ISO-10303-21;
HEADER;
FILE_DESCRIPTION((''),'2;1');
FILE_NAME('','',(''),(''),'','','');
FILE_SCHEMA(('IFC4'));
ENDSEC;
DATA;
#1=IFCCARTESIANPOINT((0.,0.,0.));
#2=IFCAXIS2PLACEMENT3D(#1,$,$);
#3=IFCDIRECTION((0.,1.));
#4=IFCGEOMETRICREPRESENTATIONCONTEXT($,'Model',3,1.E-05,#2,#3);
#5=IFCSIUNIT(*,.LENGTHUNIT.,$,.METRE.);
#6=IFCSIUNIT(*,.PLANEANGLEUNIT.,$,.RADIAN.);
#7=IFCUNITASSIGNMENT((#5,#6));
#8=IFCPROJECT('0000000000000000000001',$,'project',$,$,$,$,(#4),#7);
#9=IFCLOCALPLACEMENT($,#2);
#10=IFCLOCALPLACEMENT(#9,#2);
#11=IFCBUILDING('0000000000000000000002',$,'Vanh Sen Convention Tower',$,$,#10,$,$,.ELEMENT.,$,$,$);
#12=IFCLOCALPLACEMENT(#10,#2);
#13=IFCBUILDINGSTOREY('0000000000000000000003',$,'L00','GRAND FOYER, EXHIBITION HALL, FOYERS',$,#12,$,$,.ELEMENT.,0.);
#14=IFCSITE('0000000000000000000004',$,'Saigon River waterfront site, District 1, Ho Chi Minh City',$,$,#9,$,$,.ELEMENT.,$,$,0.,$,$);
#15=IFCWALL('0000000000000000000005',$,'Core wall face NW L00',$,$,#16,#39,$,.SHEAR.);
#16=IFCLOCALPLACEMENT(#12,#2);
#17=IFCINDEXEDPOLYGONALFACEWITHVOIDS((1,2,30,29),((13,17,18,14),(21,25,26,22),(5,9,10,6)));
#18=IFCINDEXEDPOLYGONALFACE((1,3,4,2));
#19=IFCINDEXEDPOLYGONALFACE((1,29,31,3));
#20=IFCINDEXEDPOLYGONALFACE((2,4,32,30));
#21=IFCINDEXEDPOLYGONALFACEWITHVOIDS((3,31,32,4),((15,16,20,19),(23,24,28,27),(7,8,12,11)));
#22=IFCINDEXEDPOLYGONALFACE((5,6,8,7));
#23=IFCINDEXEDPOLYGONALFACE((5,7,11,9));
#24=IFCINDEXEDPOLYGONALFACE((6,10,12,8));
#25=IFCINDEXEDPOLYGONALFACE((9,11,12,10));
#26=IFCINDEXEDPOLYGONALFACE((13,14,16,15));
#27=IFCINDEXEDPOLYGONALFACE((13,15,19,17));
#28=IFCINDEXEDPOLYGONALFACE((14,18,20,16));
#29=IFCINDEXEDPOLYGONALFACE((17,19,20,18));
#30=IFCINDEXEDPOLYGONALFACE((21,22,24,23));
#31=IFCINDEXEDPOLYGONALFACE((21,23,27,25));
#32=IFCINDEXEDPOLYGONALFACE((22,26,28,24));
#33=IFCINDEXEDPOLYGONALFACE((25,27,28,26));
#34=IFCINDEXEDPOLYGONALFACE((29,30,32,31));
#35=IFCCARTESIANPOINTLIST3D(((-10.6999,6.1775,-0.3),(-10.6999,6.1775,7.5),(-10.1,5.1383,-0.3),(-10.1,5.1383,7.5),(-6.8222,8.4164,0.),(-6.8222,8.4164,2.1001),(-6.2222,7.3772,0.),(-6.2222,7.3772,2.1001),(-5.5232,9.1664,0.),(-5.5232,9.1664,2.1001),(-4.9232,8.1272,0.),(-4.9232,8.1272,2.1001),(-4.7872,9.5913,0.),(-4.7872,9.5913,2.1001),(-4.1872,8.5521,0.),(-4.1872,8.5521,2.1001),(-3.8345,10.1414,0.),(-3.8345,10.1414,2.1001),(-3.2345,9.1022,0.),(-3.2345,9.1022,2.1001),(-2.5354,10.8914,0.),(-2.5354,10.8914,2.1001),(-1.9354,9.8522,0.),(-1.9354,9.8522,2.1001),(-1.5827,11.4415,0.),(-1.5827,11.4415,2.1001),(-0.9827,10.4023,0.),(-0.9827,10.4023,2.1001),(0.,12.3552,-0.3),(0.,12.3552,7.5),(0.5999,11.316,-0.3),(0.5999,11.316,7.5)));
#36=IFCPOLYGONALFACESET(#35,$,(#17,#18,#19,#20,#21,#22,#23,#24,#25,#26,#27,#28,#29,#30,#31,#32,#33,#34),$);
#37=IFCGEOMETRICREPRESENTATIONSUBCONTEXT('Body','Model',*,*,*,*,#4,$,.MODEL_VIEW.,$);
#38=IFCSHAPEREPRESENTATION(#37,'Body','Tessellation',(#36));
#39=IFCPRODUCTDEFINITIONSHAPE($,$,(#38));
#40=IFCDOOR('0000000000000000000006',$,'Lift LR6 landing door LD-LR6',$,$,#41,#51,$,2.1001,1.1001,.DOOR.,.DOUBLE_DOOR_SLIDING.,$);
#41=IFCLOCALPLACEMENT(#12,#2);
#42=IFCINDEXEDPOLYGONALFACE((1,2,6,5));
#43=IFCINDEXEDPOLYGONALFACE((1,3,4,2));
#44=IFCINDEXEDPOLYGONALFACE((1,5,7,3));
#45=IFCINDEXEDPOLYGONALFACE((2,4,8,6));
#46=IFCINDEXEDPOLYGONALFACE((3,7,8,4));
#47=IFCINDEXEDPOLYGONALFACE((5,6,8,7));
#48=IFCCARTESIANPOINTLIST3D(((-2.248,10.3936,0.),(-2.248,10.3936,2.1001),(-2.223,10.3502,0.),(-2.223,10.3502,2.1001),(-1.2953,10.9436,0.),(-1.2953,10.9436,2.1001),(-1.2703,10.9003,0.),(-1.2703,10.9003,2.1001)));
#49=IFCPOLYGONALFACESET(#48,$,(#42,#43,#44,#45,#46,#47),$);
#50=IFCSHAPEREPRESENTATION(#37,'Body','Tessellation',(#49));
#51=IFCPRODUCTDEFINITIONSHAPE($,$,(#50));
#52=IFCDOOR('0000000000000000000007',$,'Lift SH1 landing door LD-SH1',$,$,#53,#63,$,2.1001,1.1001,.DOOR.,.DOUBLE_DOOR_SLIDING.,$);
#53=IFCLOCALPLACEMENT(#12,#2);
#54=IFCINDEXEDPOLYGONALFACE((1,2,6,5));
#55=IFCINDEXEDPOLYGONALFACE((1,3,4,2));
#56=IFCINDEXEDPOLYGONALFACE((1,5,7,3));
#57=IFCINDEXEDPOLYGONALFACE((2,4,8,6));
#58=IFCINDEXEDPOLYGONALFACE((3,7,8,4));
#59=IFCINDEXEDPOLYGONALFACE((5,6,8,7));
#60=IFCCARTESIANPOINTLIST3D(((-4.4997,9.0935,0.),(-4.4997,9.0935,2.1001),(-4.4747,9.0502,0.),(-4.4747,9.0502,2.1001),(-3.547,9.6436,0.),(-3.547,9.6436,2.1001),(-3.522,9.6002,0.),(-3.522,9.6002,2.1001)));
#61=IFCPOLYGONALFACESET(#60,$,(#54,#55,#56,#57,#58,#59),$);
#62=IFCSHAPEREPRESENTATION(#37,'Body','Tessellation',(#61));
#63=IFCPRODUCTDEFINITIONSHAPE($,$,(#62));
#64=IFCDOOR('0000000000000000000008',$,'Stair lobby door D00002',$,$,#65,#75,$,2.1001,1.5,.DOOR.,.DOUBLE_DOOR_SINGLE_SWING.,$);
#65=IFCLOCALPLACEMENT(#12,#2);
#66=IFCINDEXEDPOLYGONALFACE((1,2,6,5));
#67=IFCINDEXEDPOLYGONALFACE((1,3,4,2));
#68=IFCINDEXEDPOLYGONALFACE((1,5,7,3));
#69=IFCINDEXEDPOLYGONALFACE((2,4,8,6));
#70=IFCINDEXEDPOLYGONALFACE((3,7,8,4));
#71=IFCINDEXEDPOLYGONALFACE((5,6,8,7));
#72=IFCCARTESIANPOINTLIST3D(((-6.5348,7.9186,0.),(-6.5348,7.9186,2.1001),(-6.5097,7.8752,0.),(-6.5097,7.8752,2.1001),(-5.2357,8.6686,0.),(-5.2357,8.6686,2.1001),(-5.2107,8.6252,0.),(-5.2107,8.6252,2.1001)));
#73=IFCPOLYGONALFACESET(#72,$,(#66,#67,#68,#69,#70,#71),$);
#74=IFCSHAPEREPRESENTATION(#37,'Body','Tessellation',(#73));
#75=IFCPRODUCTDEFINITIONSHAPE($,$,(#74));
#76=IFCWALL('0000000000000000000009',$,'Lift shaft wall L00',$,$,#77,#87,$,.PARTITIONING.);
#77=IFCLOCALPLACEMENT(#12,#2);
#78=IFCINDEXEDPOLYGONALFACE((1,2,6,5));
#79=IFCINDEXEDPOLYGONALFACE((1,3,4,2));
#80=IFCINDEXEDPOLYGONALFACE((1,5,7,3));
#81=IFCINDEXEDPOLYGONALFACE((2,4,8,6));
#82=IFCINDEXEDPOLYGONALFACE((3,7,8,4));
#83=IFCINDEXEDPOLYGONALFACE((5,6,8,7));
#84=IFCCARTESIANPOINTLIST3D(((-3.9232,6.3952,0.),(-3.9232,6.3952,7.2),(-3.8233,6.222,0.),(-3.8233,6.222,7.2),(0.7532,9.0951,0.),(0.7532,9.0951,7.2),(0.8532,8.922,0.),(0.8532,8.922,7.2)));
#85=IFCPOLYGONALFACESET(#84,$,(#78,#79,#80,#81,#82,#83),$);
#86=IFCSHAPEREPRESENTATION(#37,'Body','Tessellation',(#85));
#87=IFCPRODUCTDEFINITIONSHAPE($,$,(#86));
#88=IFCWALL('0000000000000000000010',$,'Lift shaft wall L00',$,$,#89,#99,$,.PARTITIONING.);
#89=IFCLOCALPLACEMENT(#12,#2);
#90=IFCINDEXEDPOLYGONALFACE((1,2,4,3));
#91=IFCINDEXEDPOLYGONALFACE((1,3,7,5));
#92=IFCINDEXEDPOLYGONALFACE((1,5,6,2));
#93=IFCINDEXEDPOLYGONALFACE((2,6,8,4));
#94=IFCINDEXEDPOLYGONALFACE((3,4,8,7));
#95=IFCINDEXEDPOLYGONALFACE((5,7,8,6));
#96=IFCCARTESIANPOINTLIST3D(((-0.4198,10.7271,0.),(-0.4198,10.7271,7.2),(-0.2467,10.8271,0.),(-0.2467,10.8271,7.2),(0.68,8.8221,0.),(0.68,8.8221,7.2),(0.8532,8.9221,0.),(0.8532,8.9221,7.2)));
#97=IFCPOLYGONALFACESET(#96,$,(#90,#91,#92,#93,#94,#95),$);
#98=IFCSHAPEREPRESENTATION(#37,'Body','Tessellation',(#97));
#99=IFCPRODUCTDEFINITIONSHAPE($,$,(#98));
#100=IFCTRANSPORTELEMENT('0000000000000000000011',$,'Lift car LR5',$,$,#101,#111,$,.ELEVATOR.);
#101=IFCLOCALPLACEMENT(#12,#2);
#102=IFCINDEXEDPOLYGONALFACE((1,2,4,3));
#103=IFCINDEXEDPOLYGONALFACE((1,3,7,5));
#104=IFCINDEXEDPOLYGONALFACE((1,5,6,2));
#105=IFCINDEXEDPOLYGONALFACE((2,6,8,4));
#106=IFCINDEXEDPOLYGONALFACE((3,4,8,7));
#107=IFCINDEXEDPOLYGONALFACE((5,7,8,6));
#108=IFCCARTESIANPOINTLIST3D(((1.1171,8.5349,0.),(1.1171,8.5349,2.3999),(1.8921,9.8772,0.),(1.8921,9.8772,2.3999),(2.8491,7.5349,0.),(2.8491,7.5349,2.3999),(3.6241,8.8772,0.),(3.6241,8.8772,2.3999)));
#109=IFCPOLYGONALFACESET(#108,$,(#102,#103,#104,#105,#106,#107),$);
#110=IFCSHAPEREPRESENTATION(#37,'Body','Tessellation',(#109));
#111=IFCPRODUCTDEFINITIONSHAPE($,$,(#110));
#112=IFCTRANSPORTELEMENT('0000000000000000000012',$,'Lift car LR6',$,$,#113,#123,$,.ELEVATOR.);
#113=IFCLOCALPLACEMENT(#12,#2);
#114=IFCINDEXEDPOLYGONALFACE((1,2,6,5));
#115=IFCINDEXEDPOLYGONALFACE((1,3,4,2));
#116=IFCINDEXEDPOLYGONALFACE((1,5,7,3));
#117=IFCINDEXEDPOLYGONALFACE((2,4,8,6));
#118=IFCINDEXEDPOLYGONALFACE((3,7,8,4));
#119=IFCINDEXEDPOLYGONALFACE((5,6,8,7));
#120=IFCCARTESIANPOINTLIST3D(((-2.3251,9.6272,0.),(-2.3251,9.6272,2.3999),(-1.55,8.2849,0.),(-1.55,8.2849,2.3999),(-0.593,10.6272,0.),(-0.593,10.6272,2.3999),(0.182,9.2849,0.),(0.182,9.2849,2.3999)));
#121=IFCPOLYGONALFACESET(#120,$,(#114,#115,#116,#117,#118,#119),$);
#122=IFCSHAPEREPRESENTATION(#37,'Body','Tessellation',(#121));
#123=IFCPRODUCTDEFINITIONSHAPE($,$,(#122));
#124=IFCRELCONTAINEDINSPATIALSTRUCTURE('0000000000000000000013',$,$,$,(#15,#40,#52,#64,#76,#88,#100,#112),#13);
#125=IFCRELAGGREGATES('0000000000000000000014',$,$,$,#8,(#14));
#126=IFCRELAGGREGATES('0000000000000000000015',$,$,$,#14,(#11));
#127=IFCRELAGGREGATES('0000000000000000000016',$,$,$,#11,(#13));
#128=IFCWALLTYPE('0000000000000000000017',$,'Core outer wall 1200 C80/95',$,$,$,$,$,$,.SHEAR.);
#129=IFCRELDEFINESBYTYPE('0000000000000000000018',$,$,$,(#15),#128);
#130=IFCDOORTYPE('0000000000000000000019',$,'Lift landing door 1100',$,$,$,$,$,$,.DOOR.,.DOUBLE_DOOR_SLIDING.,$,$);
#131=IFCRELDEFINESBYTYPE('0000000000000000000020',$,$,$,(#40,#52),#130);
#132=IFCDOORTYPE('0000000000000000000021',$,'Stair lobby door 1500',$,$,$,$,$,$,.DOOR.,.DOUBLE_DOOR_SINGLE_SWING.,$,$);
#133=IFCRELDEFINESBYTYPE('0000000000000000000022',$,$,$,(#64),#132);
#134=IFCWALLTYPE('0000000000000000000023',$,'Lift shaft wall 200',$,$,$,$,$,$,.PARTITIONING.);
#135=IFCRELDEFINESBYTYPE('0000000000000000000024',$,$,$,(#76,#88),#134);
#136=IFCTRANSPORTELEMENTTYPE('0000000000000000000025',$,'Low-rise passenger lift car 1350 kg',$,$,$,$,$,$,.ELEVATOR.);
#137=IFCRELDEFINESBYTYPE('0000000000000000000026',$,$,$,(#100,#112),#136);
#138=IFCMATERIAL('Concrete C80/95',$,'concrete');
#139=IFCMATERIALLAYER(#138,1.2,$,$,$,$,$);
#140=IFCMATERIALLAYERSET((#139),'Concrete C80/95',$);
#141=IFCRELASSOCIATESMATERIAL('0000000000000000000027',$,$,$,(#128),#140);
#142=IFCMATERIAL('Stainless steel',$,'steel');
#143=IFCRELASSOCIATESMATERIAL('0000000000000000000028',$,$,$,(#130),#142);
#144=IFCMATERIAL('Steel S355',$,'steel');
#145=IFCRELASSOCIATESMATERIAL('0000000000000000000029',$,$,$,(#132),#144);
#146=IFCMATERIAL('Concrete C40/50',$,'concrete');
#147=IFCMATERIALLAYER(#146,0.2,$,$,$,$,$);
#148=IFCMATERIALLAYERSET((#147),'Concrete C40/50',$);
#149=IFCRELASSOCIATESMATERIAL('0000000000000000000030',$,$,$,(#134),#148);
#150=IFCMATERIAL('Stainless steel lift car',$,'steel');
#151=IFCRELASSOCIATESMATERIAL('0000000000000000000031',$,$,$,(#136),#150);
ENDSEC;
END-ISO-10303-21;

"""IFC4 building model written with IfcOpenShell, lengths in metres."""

from ifc_helpers import new_model, si_unit, direction, frame, frame_2d, origin, origin_2d, place, context, subcontext, project, spatial, rectangle, extrude, material, layer, layer_set, type_object, element, fill, save


model = new_model("IFC4")

# Units and contexts
model_context = context("Model", 3, precision=1e-05, world=origin(), true_north=direction((0.0, 1.0)))
body_context = subcontext(model_context, "Body", "Model", "MODEL_VIEW")
ifc_project = project(units=[si_unit("LENGTHUNIT", "METRE"), si_unit("PLANEANGLEUNIT", "RADIAN")], contexts=[model_context])

# Site, building, storey
site_placement = place(None, origin())
site = spatial("IfcSite", under=ifc_project, at=site_placement, Name="Saigon River waterfront site, District 1, Ho Chi Minh City", CompositionType="ELEMENT", RefElevation=0.0)
building_placement = place(site_placement, origin())
building = spatial("IfcBuilding", under=site, at=building_placement, Name="Vanh Sen Convention Tower", CompositionType="ELEMENT")
storey_placement = place(building_placement, origin())
storey = spatial("IfcBuildingStorey", under=building, at=storey_placement, Name="L00", Description="GRAND FOYER, EXHIBITION HALL, FOYERS", CompositionType="ELEMENT", Elevation=0.0)

# Shared definitions
ifc_material_1 = material(Name="Concrete C40/50", Category="concrete")

# Shared definitions
ifc_material_2 = material(Name="Steel S355", Category="steel")
ifc_material_3 = material(Name="Concrete C80/95", Category="concrete")

# Wall, openings, doors
ifc_layer_1 = layer(ifc_material_3, 1.2)
ifc_layer_set_1 = layer_set([ifc_layer_1], Name="Concrete C80/95")
wall_type_1 = type_object("IfcWallType", Name="Core outer wall 1200 C80/95", PredefinedType="SHEAR", material=ifc_layer_set_1)
wall_1_placement = place(storey_placement, frame((0.3, 11.8357, -0.3), z_axis=(0.0, 0.0, 1.0), x_axis=(-0.866021, -0.500007, 0.0)))
wall_1 = element("IfcWall", 1, at=wall_1_placement, inside=storey, type_object=wall_type_1, Name="Core wall face NW L00", PredefinedType="SHEAR", context=body_context, shape_type="SweptSolid", body=[
    extrude(rectangle(XDim=12.3552, YDim=1.2, at=frame_2d((6.1777, 0.0))), origin(), (0.0, 0.0, 1.0), 7.8),
])
opening_1_placement = place(wall_1_placement, frame((6.3777, 0.0, 0.3)))
opening_1 = element("IfcOpeningElement", 2, at=opening_1_placement, cuts=wall_1, PredefinedType="OPENING", context=body_context, shape_type="SweptSolid", body=[
    extrude(rectangle(XDim=1.5, YDim=2.1001, at=frame_2d((0.75, 1.05))), frame((0.0, 0.6099, 0.0), z_axis=(0.0, -1.0, 0.0), x_axis=(1.0, 0.0, 0.0)), (0.0, 0.0, 1.0), 1.22),
])
opening_2_placement = place(wall_1_placement, frame((1.8276, 0.0, 0.3)))
opening_2 = element("IfcOpeningElement", 3, at=opening_2_placement, cuts=wall_1, PredefinedType="OPENING", context=body_context, shape_type="SweptSolid", body=[
    extrude(rectangle(XDim=1.1001, YDim=2.1001, at=frame_2d((0.55, 1.05))), frame((0.0, 0.6099, 0.0), z_axis=(0.0, -1.0, 0.0), x_axis=(1.0, 0.0, 0.0)), (0.0, 0.0, 1.0), 1.22),
])
opening_3_placement = place(wall_1_placement, frame((4.4277, 0.0, 0.3)))
opening_3 = element("IfcOpeningElement", 4, at=opening_3_placement, cuts=wall_1, PredefinedType="OPENING", context=body_context, shape_type="SweptSolid", body=[
    extrude(rectangle(XDim=1.1001, YDim=2.1001, at=frame_2d((0.55, 1.05))), frame((0.0, 0.6099, 0.0), z_axis=(0.0, -1.0, 0.0), x_axis=(1.0, 0.0, 0.0)), (0.0, 0.0, 1.0), 1.22),
])
ifc_material_4 = material(Name="Stainless steel", Category="steel")
door_type_1 = type_object("IfcDoorType", Name="Lift landing door 1100", OperationType="DOUBLE_DOOR_SLIDING", PredefinedType="DOOR", material=ifc_material_4)
door_1_placement = place(opening_2_placement, origin())
door_1 = element("IfcDoor", 5, at=door_1_placement, inside=storey, type_object=door_type_1, Name="Lift LR6 landing door LD-LR6", OperationType="DOUBLE_DOOR_SLIDING", OverallHeight=2.1001, OverallWidth=1.1001, PredefinedType="DOOR", context=body_context, shape_type="SweptSolid", body=[
    extrude(rectangle(XDim=1.1001, YDim=2.1001, at=frame_2d((0.55, 1.05))), frame((0.0, 0.0249, 0.0), z_axis=(0.0, -1.0, 0.0), x_axis=(1.0, 0.0, 0.0)), (0.0, 0.0, 1.0), 0.05),
])
fill(opening_2, door_1)
door_2_placement = place(opening_3_placement, origin())
door_2 = element("IfcDoor", 6, at=door_2_placement, inside=storey, type_object=door_type_1, Name="Lift SH1 landing door LD-SH1", OperationType="DOUBLE_DOOR_SLIDING", OverallHeight=2.1001, OverallWidth=1.1001, PredefinedType="DOOR", context=body_context, shape_type="SweptSolid", body=[
    extrude(rectangle(XDim=1.1001, YDim=2.1001, at=frame_2d((0.55, 1.05))), frame((0.0, 0.0249, 0.0), z_axis=(0.0, -1.0, 0.0), x_axis=(1.0, 0.0, 0.0)), (0.0, 0.0, 1.0), 0.05),
])
fill(opening_3, door_2)
door_type_2 = type_object("IfcDoorType", Name="Stair lobby door 1500", OperationType="DOUBLE_DOOR_SINGLE_SWING", PredefinedType="DOOR", material=ifc_material_2)
door_3_placement = place(opening_1_placement, origin())
door_3 = element("IfcDoor", 7, at=door_3_placement, inside=storey, type_object=door_type_2, Name="Stair lobby door D00002", OperationType="DOUBLE_DOOR_SINGLE_SWING", OverallHeight=2.1001, OverallWidth=1.5, PredefinedType="DOOR", context=body_context, shape_type="SweptSolid", body=[
    extrude(rectangle(XDim=1.5, YDim=2.1001, at=frame_2d((0.75, 1.05))), frame((0.0, 0.0249, 0.0), z_axis=(0.0, -1.0, 0.0), x_axis=(1.0, 0.0, 0.0)), (0.0, 0.0, 1.0), 0.05),
])
fill(opening_1, door_3)

# Walls
ifc_layer_2 = layer(ifc_material_1, 0.2)
ifc_layer_set_2 = layer_set([ifc_layer_2], Name="Concrete C40/50")
wall_type_2 = type_object("IfcWallType", Name="Lift shaft wall 200", PredefinedType="PARTITIONING", material=ifc_layer_set_2)
wall_2_placement = place(storey_placement, frame((0.8032, 9.0085, 0.0), z_axis=(0.0, 0.0, 1.0), x_axis=(-0.866028, -0.499995, 0.0)))
element("IfcWall", 8, at=wall_2_placement, inside=storey, type_object=wall_type_2, Name="Lift shaft wall L00", PredefinedType="PARTITIONING", context=body_context, shape_type="SweptSolid", body=[
    extrude(rectangle(XDim=5.3999, YDim=0.2, at=frame_2d((2.7, 0.0))), origin(), (0.0, 0.0, 1.0), 7.2),
])
wall_3_placement = place(storey_placement, frame((0.7666, 8.8721, 0.0), z_axis=(0.0, 0.0, 1.0), x_axis=(-0.499995, 0.866028, 0.0)))
element("IfcWall", 9, at=wall_3_placement, inside=storey, type_object=wall_type_2, Name="Lift shaft wall L00", PredefinedType="PARTITIONING", context=body_context, shape_type="SweptSolid", body=[
    extrude(rectangle(XDim=2.1997, YDim=0.2, at=frame_2d((1.0999, 0.0))), origin(), (0.0, 0.0, 1.0), 7.2),
])

# Transport elements
ifc_material_5 = material(Name="Stainless steel lift car", Category="steel")
transport_element_type = type_object("IfcTransportElementType", Name="Low-rise passenger lift car 1350 kg", PredefinedType="ELEVATOR", material=ifc_material_5)
for number, where, z_axis, x_axis, name in (
    (10, (2.3706, 8.7061, 0.0), (0.0, 0.0, 1.0), (-0.866025, 0.5, 0.0), "Lift car LR5"),
    (11, (-1.0715, 9.4561, 0.0), (0.0, 0.0, 1.0), (-0.866025, -0.5, 0.0), "Lift car LR6"),
):
    element("IfcTransportElement", number, at=place(storey_placement, frame(where, z_axis=z_axis, x_axis=x_axis)), inside=storey, type_object=transport_element_type, Name=name, PredefinedType="ELEVATOR", context=body_context, shape_type="SweptSolid", body=[
        extrude(rectangle(XDim=2.0, YDim=1.55, at=origin_2d()), origin(), (0.0, 0.0, 1.0), 2.3999),
    ])

save(model, "model.ifc")
